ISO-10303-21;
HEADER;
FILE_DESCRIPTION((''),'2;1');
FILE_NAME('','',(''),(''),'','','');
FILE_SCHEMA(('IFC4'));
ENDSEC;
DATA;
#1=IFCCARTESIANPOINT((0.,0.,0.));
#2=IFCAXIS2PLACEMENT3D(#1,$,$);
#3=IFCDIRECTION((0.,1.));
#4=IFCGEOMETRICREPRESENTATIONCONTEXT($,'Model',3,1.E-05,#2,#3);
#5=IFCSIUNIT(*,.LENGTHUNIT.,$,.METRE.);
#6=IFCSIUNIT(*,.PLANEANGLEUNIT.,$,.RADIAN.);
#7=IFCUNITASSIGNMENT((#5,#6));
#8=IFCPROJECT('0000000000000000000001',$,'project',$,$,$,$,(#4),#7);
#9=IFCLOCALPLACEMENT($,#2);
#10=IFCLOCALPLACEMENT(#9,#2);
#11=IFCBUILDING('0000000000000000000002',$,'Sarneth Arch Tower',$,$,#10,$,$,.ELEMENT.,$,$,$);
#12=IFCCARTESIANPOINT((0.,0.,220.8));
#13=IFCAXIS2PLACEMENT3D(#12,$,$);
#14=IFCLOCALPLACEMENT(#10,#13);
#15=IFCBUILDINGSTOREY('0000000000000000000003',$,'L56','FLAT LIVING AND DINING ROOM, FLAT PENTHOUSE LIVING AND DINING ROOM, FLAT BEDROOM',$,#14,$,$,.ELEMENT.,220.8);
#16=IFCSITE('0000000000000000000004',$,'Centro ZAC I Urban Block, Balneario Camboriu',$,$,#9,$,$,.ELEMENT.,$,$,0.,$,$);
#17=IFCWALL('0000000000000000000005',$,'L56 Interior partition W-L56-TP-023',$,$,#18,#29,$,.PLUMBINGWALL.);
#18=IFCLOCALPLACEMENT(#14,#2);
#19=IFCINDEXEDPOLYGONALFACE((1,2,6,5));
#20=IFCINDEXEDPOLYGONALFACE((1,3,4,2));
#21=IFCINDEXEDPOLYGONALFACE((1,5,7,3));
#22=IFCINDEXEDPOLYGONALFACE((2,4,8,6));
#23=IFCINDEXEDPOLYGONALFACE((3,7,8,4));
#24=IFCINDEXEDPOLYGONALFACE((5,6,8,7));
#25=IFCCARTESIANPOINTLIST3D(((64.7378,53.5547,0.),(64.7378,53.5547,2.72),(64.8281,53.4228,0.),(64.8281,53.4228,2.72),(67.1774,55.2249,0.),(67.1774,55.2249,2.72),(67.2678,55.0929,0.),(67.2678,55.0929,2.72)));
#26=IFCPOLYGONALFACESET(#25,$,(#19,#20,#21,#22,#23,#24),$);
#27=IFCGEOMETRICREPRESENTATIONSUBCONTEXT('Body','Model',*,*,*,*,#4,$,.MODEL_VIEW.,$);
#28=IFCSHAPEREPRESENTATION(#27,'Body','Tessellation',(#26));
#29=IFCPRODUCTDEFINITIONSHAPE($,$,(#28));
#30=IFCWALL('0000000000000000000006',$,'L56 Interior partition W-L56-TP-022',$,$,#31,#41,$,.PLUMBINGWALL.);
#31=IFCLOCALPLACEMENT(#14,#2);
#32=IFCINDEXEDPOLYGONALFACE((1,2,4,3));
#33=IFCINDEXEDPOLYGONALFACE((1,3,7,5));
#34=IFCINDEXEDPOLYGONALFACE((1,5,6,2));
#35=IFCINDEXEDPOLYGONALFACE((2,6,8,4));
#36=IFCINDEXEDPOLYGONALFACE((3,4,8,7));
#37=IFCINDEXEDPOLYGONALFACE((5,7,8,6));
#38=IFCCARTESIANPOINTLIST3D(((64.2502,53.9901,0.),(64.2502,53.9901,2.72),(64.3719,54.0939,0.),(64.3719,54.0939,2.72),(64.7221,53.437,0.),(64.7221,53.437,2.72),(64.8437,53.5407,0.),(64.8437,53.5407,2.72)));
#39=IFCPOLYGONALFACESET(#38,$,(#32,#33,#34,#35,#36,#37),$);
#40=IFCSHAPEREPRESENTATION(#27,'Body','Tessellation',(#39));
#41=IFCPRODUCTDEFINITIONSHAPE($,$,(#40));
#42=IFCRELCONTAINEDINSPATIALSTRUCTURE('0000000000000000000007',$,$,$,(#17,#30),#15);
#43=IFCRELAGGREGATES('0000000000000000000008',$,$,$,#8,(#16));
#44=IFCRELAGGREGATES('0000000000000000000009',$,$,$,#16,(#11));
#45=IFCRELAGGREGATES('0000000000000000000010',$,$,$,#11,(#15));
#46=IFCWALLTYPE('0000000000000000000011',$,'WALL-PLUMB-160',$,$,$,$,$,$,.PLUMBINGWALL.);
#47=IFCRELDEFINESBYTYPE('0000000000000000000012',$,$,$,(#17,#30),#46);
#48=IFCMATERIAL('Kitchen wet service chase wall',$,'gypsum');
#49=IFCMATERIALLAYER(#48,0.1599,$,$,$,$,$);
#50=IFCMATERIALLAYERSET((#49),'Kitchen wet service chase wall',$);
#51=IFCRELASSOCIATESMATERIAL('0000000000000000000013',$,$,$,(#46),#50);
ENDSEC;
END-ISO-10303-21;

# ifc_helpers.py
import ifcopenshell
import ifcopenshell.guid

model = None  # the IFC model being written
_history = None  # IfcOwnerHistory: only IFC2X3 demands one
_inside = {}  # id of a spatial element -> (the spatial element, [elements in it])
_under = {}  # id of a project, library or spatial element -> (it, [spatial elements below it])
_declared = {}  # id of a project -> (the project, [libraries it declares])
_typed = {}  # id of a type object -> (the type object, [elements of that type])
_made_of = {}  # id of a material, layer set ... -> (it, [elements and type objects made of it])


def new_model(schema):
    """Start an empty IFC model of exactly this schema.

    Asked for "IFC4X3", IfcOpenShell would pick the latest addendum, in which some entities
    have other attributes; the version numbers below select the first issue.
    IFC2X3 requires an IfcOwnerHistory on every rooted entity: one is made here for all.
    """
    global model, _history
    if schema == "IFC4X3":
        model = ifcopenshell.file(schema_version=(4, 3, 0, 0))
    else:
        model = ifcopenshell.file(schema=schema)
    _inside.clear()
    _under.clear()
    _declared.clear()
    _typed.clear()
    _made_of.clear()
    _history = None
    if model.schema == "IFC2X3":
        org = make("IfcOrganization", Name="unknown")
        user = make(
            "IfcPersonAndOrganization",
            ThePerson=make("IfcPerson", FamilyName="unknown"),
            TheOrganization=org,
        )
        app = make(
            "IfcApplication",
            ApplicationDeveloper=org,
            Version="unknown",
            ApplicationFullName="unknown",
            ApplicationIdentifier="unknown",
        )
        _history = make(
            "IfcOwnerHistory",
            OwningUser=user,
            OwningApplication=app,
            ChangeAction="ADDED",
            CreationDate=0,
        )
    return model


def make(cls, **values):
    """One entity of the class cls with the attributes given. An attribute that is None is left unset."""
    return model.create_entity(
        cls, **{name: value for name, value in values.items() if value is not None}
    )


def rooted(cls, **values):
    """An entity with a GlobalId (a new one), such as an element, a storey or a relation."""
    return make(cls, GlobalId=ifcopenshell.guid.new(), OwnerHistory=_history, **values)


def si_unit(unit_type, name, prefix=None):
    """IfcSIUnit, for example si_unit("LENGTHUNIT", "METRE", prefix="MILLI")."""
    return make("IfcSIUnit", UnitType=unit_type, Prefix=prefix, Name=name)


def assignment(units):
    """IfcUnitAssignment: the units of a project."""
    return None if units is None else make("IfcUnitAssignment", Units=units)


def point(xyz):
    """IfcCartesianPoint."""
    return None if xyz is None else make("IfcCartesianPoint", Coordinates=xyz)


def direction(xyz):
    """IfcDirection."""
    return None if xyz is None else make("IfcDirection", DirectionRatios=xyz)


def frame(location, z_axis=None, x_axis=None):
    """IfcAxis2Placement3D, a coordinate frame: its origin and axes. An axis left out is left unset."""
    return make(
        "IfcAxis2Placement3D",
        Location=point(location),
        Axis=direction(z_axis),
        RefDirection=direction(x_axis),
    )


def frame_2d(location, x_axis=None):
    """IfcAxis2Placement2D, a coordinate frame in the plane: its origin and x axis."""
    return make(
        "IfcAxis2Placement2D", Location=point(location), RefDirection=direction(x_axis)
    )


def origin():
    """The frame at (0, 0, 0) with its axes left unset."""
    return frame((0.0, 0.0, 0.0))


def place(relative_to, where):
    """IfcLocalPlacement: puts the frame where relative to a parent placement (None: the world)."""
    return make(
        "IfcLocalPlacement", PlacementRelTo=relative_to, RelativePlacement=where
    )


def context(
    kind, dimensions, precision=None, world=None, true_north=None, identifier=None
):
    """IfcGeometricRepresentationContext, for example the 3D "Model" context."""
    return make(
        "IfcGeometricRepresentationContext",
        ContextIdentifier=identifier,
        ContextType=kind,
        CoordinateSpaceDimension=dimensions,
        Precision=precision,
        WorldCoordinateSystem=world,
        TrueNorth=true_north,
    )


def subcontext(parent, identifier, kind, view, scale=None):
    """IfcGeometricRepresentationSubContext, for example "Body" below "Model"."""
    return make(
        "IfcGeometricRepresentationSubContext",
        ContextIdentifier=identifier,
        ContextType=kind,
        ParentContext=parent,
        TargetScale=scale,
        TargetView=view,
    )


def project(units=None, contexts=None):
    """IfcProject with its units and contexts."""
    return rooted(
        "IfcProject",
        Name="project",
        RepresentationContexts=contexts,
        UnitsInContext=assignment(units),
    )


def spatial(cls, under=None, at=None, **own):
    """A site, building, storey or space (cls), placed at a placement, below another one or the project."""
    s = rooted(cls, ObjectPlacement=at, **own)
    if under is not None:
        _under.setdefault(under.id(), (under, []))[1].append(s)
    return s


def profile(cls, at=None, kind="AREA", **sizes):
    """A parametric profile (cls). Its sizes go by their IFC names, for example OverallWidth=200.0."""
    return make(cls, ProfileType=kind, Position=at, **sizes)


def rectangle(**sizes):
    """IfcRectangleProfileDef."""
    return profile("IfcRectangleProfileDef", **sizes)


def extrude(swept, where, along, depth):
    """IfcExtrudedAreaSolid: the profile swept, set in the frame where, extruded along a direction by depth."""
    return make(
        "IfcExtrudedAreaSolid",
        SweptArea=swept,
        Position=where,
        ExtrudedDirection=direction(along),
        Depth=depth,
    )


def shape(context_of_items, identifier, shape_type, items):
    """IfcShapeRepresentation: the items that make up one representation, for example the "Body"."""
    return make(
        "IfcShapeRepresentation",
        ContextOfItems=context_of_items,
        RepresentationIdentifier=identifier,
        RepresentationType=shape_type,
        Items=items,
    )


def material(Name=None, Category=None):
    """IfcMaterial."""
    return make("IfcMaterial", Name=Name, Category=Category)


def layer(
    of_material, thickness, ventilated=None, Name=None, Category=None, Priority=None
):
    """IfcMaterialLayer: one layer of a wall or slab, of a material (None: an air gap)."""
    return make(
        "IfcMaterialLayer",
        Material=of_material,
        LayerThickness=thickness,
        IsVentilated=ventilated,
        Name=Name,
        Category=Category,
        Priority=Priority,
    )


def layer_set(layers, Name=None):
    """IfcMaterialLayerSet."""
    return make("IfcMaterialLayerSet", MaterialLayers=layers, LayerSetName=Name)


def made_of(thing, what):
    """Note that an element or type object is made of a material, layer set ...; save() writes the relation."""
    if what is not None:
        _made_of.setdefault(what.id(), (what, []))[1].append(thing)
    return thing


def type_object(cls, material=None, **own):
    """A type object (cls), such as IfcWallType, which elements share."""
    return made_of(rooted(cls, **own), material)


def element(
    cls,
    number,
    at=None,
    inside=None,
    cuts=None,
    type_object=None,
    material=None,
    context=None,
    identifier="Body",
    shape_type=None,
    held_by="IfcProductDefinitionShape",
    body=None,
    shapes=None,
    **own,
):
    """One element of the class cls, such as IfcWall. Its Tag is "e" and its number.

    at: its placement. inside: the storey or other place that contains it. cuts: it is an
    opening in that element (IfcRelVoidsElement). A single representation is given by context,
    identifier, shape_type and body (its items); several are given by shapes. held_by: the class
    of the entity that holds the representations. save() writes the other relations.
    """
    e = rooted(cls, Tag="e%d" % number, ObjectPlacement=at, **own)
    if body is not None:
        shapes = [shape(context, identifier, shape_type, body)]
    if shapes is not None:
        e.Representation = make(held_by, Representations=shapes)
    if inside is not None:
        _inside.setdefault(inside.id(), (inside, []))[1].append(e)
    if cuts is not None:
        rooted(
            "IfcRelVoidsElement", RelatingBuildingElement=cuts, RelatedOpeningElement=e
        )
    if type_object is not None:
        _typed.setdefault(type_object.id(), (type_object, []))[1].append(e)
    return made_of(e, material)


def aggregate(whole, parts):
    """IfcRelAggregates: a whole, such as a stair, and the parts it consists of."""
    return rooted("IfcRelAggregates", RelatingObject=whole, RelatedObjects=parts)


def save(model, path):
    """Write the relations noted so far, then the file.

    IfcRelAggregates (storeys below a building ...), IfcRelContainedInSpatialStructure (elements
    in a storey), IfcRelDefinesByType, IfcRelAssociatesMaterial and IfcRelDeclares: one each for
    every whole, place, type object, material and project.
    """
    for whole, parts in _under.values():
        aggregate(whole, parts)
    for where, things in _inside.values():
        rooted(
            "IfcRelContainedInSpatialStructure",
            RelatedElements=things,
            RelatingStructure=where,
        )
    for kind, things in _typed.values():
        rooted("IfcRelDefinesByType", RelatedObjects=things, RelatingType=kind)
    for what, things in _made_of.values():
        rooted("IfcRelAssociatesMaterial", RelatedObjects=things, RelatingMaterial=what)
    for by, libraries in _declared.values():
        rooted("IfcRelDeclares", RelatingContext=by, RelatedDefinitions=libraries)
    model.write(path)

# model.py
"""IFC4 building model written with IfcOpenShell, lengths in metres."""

from ifc_helpers import new_model, si_unit, direction, frame, frame_2d, origin, place, context, subcontext, project, spatial, rectangle, extrude, material, layer, layer_set, type_object, element, save


model = new_model("IFC4")

# Units and contexts
model_context = context("Model", 3, precision=1e-05, world=origin(), true_north=direction((0.0, 1.0)))
body_context = subcontext(model_context, "Body", "Model", "MODEL_VIEW")
ifc_project = project(units=[si_unit("LENGTHUNIT", "METRE"), si_unit("PLANEANGLEUNIT", "RADIAN")], contexts=[model_context])

# Site, building, storey
site_placement = place(None, origin())
site = spatial("IfcSite", under=ifc_project, at=site_placement, Name="Centro ZAC I Urban Block, Balneario Camboriu", CompositionType="ELEMENT", RefElevation=0.0)
building_placement = place(site_placement, origin())
building = spatial("IfcBuilding", under=site, at=building_placement, Name="Sarneth Arch Tower", CompositionType="ELEMENT")
storey_placement = place(building_placement, frame((0.0, 0.0, 220.8)))
storey = spatial("IfcBuildingStorey", under=building, at=storey_placement, Name="L56", Description="FLAT LIVING AND DINING ROOM, FLAT PENTHOUSE LIVING AND DINING ROOM, FLAT BEDROOM", CompositionType="ELEMENT", Elevation=220.8)

# Walls
ifc_material_1 = material(Name="Kitchen wet service chase wall", Category="gypsum")
ifc_layer_1 = layer(ifc_material_1, 0.1599)
ifc_layer_set_1 = layer_set([ifc_layer_1], Name="Kitchen wet service chase wall")
wall_type_1 = type_object("IfcWallType", Name="WALL-PLUMB-160", PredefinedType="PLUMBINGWALL", material=ifc_layer_set_1)
wall_1_placement = place(storey_placement, frame((64.783, 53.4888, 0.0), z_axis=(0.0, 0.0, 1.0), x_axis=(0.825165, 0.564891, 0.0)))
element("IfcWall", 1, at=wall_1_placement, inside=storey, type_object=wall_type_1, Name="L56 Interior partition W-L56-TP-023", PredefinedType="PLUMBINGWALL", context=body_context, shape_type="SweptSolid", body=[
    extrude(rectangle(XDim=2.9565, YDim=0.1599, at=frame_2d((1.4783, 0.0))), origin(), (0.0, 0.0, 1.0), 2.72),
])
wall_2_placement = place(storey_placement, frame((64.311, 54.042, 0.0), z_axis=(0.0, 0.0, 1.0), x_axis=(0.648992, -0.760795, 0.0)))
element("IfcWall", 2, at=wall_2_placement, inside=storey, type_object=wall_type_1, Name="L56 Interior partition W-L56-TP-022", PredefinedType="PLUMBINGWALL", context=body_context, shape_type="SweptSolid", body=[
    extrude(rectangle(XDim=0.7271, YDim=0.1599, at=frame_2d((0.3635, 0.0))), origin(), (0.0, 0.0, 1.0), 2.72),
])

save(model, "model.ifc")
